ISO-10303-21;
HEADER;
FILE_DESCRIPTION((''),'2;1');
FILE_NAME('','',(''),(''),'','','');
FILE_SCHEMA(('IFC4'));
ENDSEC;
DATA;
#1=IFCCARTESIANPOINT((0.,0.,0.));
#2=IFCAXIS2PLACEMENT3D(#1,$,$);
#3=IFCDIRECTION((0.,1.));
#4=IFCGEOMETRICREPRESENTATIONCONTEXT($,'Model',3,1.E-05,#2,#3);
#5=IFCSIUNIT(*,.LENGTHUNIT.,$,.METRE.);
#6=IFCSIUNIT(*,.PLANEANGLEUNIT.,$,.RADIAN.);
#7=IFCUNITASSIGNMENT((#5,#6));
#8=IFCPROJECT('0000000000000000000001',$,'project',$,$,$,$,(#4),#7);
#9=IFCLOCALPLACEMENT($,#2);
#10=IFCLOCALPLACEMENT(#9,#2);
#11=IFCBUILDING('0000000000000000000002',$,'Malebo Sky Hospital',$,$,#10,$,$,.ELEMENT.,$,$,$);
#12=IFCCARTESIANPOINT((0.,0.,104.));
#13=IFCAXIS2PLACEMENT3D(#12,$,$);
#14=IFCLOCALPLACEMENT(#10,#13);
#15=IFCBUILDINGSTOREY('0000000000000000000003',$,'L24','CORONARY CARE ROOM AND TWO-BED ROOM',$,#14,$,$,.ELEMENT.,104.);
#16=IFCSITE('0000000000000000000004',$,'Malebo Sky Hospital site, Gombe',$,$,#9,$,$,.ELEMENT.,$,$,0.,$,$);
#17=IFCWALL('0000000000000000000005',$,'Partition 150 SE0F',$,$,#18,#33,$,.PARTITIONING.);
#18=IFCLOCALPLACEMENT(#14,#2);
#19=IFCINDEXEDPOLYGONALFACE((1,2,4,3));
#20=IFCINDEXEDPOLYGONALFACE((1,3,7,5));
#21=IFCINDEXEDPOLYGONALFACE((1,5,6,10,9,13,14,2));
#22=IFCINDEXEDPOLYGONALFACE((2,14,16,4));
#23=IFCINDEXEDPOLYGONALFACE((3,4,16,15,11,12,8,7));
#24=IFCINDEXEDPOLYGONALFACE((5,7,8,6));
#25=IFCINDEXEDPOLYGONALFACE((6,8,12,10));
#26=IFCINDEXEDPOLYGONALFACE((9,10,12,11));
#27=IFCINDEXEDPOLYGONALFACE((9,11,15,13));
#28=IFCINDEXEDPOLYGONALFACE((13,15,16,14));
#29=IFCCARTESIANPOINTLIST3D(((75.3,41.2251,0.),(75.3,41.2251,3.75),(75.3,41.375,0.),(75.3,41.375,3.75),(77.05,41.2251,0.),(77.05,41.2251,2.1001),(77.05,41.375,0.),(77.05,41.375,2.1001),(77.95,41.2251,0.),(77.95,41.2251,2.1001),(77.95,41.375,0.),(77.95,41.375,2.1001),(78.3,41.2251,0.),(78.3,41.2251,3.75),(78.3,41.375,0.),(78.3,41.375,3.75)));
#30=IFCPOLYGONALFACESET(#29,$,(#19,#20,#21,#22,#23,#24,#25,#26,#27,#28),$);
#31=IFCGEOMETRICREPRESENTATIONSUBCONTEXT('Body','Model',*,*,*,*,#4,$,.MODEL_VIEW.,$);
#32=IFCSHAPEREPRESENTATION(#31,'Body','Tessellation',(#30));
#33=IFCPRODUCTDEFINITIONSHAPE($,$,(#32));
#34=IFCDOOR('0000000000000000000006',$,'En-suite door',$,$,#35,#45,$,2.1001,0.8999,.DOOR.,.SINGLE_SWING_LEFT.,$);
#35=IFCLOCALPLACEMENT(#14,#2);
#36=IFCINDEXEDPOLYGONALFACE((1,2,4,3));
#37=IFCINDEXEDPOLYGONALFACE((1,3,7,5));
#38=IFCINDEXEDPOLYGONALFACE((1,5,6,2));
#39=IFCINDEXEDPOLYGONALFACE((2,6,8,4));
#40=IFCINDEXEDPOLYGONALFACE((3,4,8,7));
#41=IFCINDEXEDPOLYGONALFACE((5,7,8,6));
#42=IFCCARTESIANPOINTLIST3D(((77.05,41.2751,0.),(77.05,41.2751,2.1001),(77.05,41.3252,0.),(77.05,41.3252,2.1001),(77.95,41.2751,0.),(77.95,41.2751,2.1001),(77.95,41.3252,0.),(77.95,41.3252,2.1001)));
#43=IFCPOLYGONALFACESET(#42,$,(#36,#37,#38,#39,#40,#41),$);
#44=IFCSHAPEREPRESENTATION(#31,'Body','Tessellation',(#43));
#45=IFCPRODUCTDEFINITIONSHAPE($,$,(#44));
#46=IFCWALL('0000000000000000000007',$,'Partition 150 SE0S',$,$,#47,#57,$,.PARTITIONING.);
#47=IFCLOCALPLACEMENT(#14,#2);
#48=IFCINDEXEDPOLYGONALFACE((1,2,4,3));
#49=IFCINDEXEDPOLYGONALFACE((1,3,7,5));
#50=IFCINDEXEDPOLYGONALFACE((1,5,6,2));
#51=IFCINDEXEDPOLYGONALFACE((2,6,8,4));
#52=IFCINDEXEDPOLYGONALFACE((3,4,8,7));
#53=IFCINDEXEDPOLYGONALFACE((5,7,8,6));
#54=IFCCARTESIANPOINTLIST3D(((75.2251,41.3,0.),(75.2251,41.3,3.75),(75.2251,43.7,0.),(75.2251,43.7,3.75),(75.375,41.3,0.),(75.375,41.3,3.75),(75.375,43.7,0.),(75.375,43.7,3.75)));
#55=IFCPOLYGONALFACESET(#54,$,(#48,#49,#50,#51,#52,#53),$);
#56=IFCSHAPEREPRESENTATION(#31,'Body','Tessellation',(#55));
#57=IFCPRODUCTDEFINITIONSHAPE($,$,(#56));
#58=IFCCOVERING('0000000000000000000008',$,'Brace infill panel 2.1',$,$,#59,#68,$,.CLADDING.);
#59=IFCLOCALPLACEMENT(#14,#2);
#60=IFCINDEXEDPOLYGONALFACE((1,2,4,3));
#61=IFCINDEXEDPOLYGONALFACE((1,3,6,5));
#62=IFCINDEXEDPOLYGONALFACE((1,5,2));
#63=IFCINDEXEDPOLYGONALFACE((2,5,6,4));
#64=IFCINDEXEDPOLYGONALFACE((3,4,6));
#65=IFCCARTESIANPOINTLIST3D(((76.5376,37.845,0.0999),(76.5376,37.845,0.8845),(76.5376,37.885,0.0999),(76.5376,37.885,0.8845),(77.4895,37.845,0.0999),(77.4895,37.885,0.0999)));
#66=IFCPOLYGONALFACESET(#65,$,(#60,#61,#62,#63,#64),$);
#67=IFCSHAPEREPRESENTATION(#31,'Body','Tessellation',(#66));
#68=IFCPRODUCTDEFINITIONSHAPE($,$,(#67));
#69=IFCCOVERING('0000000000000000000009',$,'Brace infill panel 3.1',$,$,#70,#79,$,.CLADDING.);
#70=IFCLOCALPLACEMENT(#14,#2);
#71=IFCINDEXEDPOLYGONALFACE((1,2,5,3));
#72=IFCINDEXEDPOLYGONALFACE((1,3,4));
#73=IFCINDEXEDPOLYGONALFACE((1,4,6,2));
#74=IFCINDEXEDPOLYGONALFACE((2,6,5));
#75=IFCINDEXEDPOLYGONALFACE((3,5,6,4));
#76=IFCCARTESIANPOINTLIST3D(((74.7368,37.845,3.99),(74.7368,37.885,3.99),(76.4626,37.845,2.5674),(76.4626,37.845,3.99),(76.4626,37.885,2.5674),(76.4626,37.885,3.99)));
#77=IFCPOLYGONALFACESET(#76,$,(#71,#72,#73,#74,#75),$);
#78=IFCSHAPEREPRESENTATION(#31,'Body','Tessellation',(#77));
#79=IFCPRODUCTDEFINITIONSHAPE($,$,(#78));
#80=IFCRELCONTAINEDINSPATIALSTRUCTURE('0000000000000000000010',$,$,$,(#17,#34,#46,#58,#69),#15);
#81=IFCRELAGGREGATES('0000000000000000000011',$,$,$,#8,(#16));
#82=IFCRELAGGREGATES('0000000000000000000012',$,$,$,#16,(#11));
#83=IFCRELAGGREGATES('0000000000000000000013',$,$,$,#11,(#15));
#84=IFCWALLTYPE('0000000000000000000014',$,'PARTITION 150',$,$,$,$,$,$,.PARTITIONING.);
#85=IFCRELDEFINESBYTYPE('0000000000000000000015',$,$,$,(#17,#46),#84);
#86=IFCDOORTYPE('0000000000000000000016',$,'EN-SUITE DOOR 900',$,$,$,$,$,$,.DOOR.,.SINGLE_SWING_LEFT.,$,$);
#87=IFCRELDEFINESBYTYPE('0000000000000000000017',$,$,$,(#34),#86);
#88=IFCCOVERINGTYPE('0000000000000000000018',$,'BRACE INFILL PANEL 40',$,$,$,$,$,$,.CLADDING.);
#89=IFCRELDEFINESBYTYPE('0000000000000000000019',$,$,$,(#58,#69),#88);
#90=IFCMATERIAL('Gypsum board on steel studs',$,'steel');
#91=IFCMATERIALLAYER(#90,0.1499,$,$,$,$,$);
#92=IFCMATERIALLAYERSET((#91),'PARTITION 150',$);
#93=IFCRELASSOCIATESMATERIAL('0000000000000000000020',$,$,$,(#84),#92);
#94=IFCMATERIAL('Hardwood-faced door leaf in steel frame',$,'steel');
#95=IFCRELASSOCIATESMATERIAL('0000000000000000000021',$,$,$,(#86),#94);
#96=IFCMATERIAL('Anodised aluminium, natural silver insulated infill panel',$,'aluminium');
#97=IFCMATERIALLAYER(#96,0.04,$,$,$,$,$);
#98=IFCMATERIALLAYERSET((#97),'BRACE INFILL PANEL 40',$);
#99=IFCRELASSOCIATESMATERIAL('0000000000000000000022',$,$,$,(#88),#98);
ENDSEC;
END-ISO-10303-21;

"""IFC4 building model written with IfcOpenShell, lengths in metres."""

from ifc_helpers import new_model, si_unit, direction, frame, frame_2d, origin, place, context, subcontext, project, spatial, polyline, rectangle, outline, extrude, material, layer, layer_set, type_object, element, fill, save


model = new_model("IFC4")

# Units and contexts
model_context = context("Model", 3, precision=1e-05, world=origin(), true_north=direction((0.0, 1.0)))
body_context = subcontext(model_context, "Body", "Model", "MODEL_VIEW")
ifc_project = project(units=[si_unit("LENGTHUNIT", "METRE"), si_unit("PLANEANGLEUNIT", "RADIAN")], contexts=[model_context])

# Site, building, storey
site_placement = place(None, origin())
site = spatial("IfcSite", under=ifc_project, at=site_placement, Name="Malebo Sky Hospital site, Gombe", CompositionType="ELEMENT", RefElevation=0.0)
building_placement = place(site_placement, origin())
building = spatial("IfcBuilding", under=site, at=building_placement, Name="Malebo Sky Hospital", CompositionType="ELEMENT")
storey_placement = place(building_placement, frame((0.0, 0.0, 104.0)))
storey = spatial("IfcBuildingStorey", under=building, at=storey_placement, Name="L24", Description="CORONARY CARE ROOM AND TWO-BED ROOM", CompositionType="ELEMENT", Elevation=104.0)

# Shared definitions
ifc_material_1 = material(Name="Gypsum board on steel studs", Category="steel")
ifc_material_2 = material(Name="Hardwood-faced door leaf in steel frame", Category="steel")

# Shared definitions
ifc_layer_1 = layer(ifc_material_1, 0.1499)
ifc_layer_set_1 = layer_set([ifc_layer_1], Name="PARTITION 150")
wall_type_1 = type_object("IfcWallType", Name="PARTITION 150", PredefinedType="PARTITIONING", material=ifc_layer_set_1)

# Wall, opening, door
wall_1_placement = place(storey_placement, frame((78.3, 41.3, 0.0), z_axis=(0.0, 0.0, 1.0), x_axis=(-1.0, 0.0, 0.0)))
wall_1 = element("IfcWall", 1, at=wall_1_placement, inside=storey, type_object=wall_type_1, Name="Partition 150 SE0F", PredefinedType="PARTITIONING", context=body_context, shape_type="SweptSolid", body=[
    extrude(rectangle(XDim=3.0, YDim=0.1499, at=frame_2d((1.5, 0.0))), origin(), (0.0, 0.0, 1.0), 3.75),
])
opening_1_placement = place(wall_1_placement, frame((0.3501, 0.0, 0.0)))
opening_1 = element("IfcOpeningElement", 2, at=opening_1_placement, cuts=wall_1, PredefinedType="OPENING", context=body_context, shape_type="SweptSolid", body=[
    extrude(rectangle(XDim=0.8999, YDim=2.1001, at=frame_2d((0.45, 1.05))), frame((0.0, 0.085, 0.0), z_axis=(0.0, -1.0, 0.0), x_axis=(1.0, 0.0, 0.0)), (0.0, 0.0, 1.0), 0.1699),
])
door_type_1 = type_object("IfcDoorType", Name="EN-SUITE DOOR 900", OperationType="SINGLE_SWING_LEFT", PredefinedType="DOOR", material=ifc_material_2)
door_1_placement = place(opening_1_placement, origin())
door_1 = element("IfcDoor", 3, at=door_1_placement, inside=storey, type_object=door_type_1, Name="En-suite door", OperationType="SINGLE_SWING_LEFT", OverallHeight=2.1001, OverallWidth=0.8999, PredefinedType="DOOR", context=body_context, shape_type="SweptSolid", body=[
    extrude(rectangle(XDim=0.8999, YDim=2.1001, at=frame_2d((0.45, 1.05))), frame((0.0, 0.0249, 0.0), z_axis=(0.0, -1.0, 0.0), x_axis=(1.0, 0.0, 0.0)), (0.0, 0.0, 1.0), 0.05),
])
fill(opening_1, door_1)

# Wall
wall_2_placement = place(storey_placement, frame((75.3, 43.7, 0.0), z_axis=(0.0, 0.0, 1.0), x_axis=(0.0, -1.0, 0.0)))
element("IfcWall", 4, at=wall_2_placement, inside=storey, type_object=wall_type_1, Name="Partition 150 SE0S", PredefinedType="PARTITIONING", context=body_context, shape_type="SweptSolid", body=[
    extrude(rectangle(XDim=2.3999, YDim=0.1499, at=frame_2d((1.2, 0.0))), origin(), (0.0, 0.0, 1.0), 3.75),
])

# Coverings
ifc_material_3 = material(Name="Anodised aluminium, natural silver insulated infill panel", Category="aluminium")
ifc_layer_2 = layer(ifc_material_3, 0.04)
ifc_layer_set_2 = layer_set([ifc_layer_2], Name="BRACE INFILL PANEL 40")
covering_type = type_object("IfcCoveringType", Name="BRACE INFILL PANEL 40", PredefinedType="CLADDING", material=ifc_layer_set_2)
covering_1_placement = place(storey_placement, frame((77.0134, 37.865, 0.0999), z_axis=(0.0, 0.0, 1.0), x_axis=(-1.0, 0.0, 0.0)))
element("IfcCovering", 5, at=covering_1_placement, inside=storey, type_object=covering_type, Name="Brace infill panel 2.1", PredefinedType="CLADDING", context=body_context, shape_type="SweptSolid", body=[
    extrude(outline(polyline([(-0.4761, 0.0), (0.4758, 0.0), (0.4758, 0.7847), (-0.4761, 0.0)])), frame((0.0, 0.02, 0.0), z_axis=(0.0, -1.0, 0.0), x_axis=(1.0, 0.0, 0.0)), (0.0, 0.0, 1.0), 0.04),
])
covering_2_placement = place(storey_placement, frame((75.5996, 37.865, 2.5674), z_axis=(0.0, 0.0, 1.0), x_axis=(-1.0, 0.0, 0.0)))
element("IfcCovering", 6, at=covering_2_placement, inside=storey, type_object=covering_type, Name="Brace infill panel 3.1", PredefinedType="CLADDING", context=body_context, shape_type="SweptSolid", body=[
    extrude(outline(polyline([(-0.863, 0.0), (0.8628, 1.4226), (-0.863, 1.4226), (-0.863, 0.0)])), frame((0.0, 0.02, 0.0), z_axis=(0.0, -1.0, 0.0), x_axis=(1.0, 0.0, 0.0)), (0.0, 0.0, 1.0), 0.04),
])

save(model, "model.ifc")
